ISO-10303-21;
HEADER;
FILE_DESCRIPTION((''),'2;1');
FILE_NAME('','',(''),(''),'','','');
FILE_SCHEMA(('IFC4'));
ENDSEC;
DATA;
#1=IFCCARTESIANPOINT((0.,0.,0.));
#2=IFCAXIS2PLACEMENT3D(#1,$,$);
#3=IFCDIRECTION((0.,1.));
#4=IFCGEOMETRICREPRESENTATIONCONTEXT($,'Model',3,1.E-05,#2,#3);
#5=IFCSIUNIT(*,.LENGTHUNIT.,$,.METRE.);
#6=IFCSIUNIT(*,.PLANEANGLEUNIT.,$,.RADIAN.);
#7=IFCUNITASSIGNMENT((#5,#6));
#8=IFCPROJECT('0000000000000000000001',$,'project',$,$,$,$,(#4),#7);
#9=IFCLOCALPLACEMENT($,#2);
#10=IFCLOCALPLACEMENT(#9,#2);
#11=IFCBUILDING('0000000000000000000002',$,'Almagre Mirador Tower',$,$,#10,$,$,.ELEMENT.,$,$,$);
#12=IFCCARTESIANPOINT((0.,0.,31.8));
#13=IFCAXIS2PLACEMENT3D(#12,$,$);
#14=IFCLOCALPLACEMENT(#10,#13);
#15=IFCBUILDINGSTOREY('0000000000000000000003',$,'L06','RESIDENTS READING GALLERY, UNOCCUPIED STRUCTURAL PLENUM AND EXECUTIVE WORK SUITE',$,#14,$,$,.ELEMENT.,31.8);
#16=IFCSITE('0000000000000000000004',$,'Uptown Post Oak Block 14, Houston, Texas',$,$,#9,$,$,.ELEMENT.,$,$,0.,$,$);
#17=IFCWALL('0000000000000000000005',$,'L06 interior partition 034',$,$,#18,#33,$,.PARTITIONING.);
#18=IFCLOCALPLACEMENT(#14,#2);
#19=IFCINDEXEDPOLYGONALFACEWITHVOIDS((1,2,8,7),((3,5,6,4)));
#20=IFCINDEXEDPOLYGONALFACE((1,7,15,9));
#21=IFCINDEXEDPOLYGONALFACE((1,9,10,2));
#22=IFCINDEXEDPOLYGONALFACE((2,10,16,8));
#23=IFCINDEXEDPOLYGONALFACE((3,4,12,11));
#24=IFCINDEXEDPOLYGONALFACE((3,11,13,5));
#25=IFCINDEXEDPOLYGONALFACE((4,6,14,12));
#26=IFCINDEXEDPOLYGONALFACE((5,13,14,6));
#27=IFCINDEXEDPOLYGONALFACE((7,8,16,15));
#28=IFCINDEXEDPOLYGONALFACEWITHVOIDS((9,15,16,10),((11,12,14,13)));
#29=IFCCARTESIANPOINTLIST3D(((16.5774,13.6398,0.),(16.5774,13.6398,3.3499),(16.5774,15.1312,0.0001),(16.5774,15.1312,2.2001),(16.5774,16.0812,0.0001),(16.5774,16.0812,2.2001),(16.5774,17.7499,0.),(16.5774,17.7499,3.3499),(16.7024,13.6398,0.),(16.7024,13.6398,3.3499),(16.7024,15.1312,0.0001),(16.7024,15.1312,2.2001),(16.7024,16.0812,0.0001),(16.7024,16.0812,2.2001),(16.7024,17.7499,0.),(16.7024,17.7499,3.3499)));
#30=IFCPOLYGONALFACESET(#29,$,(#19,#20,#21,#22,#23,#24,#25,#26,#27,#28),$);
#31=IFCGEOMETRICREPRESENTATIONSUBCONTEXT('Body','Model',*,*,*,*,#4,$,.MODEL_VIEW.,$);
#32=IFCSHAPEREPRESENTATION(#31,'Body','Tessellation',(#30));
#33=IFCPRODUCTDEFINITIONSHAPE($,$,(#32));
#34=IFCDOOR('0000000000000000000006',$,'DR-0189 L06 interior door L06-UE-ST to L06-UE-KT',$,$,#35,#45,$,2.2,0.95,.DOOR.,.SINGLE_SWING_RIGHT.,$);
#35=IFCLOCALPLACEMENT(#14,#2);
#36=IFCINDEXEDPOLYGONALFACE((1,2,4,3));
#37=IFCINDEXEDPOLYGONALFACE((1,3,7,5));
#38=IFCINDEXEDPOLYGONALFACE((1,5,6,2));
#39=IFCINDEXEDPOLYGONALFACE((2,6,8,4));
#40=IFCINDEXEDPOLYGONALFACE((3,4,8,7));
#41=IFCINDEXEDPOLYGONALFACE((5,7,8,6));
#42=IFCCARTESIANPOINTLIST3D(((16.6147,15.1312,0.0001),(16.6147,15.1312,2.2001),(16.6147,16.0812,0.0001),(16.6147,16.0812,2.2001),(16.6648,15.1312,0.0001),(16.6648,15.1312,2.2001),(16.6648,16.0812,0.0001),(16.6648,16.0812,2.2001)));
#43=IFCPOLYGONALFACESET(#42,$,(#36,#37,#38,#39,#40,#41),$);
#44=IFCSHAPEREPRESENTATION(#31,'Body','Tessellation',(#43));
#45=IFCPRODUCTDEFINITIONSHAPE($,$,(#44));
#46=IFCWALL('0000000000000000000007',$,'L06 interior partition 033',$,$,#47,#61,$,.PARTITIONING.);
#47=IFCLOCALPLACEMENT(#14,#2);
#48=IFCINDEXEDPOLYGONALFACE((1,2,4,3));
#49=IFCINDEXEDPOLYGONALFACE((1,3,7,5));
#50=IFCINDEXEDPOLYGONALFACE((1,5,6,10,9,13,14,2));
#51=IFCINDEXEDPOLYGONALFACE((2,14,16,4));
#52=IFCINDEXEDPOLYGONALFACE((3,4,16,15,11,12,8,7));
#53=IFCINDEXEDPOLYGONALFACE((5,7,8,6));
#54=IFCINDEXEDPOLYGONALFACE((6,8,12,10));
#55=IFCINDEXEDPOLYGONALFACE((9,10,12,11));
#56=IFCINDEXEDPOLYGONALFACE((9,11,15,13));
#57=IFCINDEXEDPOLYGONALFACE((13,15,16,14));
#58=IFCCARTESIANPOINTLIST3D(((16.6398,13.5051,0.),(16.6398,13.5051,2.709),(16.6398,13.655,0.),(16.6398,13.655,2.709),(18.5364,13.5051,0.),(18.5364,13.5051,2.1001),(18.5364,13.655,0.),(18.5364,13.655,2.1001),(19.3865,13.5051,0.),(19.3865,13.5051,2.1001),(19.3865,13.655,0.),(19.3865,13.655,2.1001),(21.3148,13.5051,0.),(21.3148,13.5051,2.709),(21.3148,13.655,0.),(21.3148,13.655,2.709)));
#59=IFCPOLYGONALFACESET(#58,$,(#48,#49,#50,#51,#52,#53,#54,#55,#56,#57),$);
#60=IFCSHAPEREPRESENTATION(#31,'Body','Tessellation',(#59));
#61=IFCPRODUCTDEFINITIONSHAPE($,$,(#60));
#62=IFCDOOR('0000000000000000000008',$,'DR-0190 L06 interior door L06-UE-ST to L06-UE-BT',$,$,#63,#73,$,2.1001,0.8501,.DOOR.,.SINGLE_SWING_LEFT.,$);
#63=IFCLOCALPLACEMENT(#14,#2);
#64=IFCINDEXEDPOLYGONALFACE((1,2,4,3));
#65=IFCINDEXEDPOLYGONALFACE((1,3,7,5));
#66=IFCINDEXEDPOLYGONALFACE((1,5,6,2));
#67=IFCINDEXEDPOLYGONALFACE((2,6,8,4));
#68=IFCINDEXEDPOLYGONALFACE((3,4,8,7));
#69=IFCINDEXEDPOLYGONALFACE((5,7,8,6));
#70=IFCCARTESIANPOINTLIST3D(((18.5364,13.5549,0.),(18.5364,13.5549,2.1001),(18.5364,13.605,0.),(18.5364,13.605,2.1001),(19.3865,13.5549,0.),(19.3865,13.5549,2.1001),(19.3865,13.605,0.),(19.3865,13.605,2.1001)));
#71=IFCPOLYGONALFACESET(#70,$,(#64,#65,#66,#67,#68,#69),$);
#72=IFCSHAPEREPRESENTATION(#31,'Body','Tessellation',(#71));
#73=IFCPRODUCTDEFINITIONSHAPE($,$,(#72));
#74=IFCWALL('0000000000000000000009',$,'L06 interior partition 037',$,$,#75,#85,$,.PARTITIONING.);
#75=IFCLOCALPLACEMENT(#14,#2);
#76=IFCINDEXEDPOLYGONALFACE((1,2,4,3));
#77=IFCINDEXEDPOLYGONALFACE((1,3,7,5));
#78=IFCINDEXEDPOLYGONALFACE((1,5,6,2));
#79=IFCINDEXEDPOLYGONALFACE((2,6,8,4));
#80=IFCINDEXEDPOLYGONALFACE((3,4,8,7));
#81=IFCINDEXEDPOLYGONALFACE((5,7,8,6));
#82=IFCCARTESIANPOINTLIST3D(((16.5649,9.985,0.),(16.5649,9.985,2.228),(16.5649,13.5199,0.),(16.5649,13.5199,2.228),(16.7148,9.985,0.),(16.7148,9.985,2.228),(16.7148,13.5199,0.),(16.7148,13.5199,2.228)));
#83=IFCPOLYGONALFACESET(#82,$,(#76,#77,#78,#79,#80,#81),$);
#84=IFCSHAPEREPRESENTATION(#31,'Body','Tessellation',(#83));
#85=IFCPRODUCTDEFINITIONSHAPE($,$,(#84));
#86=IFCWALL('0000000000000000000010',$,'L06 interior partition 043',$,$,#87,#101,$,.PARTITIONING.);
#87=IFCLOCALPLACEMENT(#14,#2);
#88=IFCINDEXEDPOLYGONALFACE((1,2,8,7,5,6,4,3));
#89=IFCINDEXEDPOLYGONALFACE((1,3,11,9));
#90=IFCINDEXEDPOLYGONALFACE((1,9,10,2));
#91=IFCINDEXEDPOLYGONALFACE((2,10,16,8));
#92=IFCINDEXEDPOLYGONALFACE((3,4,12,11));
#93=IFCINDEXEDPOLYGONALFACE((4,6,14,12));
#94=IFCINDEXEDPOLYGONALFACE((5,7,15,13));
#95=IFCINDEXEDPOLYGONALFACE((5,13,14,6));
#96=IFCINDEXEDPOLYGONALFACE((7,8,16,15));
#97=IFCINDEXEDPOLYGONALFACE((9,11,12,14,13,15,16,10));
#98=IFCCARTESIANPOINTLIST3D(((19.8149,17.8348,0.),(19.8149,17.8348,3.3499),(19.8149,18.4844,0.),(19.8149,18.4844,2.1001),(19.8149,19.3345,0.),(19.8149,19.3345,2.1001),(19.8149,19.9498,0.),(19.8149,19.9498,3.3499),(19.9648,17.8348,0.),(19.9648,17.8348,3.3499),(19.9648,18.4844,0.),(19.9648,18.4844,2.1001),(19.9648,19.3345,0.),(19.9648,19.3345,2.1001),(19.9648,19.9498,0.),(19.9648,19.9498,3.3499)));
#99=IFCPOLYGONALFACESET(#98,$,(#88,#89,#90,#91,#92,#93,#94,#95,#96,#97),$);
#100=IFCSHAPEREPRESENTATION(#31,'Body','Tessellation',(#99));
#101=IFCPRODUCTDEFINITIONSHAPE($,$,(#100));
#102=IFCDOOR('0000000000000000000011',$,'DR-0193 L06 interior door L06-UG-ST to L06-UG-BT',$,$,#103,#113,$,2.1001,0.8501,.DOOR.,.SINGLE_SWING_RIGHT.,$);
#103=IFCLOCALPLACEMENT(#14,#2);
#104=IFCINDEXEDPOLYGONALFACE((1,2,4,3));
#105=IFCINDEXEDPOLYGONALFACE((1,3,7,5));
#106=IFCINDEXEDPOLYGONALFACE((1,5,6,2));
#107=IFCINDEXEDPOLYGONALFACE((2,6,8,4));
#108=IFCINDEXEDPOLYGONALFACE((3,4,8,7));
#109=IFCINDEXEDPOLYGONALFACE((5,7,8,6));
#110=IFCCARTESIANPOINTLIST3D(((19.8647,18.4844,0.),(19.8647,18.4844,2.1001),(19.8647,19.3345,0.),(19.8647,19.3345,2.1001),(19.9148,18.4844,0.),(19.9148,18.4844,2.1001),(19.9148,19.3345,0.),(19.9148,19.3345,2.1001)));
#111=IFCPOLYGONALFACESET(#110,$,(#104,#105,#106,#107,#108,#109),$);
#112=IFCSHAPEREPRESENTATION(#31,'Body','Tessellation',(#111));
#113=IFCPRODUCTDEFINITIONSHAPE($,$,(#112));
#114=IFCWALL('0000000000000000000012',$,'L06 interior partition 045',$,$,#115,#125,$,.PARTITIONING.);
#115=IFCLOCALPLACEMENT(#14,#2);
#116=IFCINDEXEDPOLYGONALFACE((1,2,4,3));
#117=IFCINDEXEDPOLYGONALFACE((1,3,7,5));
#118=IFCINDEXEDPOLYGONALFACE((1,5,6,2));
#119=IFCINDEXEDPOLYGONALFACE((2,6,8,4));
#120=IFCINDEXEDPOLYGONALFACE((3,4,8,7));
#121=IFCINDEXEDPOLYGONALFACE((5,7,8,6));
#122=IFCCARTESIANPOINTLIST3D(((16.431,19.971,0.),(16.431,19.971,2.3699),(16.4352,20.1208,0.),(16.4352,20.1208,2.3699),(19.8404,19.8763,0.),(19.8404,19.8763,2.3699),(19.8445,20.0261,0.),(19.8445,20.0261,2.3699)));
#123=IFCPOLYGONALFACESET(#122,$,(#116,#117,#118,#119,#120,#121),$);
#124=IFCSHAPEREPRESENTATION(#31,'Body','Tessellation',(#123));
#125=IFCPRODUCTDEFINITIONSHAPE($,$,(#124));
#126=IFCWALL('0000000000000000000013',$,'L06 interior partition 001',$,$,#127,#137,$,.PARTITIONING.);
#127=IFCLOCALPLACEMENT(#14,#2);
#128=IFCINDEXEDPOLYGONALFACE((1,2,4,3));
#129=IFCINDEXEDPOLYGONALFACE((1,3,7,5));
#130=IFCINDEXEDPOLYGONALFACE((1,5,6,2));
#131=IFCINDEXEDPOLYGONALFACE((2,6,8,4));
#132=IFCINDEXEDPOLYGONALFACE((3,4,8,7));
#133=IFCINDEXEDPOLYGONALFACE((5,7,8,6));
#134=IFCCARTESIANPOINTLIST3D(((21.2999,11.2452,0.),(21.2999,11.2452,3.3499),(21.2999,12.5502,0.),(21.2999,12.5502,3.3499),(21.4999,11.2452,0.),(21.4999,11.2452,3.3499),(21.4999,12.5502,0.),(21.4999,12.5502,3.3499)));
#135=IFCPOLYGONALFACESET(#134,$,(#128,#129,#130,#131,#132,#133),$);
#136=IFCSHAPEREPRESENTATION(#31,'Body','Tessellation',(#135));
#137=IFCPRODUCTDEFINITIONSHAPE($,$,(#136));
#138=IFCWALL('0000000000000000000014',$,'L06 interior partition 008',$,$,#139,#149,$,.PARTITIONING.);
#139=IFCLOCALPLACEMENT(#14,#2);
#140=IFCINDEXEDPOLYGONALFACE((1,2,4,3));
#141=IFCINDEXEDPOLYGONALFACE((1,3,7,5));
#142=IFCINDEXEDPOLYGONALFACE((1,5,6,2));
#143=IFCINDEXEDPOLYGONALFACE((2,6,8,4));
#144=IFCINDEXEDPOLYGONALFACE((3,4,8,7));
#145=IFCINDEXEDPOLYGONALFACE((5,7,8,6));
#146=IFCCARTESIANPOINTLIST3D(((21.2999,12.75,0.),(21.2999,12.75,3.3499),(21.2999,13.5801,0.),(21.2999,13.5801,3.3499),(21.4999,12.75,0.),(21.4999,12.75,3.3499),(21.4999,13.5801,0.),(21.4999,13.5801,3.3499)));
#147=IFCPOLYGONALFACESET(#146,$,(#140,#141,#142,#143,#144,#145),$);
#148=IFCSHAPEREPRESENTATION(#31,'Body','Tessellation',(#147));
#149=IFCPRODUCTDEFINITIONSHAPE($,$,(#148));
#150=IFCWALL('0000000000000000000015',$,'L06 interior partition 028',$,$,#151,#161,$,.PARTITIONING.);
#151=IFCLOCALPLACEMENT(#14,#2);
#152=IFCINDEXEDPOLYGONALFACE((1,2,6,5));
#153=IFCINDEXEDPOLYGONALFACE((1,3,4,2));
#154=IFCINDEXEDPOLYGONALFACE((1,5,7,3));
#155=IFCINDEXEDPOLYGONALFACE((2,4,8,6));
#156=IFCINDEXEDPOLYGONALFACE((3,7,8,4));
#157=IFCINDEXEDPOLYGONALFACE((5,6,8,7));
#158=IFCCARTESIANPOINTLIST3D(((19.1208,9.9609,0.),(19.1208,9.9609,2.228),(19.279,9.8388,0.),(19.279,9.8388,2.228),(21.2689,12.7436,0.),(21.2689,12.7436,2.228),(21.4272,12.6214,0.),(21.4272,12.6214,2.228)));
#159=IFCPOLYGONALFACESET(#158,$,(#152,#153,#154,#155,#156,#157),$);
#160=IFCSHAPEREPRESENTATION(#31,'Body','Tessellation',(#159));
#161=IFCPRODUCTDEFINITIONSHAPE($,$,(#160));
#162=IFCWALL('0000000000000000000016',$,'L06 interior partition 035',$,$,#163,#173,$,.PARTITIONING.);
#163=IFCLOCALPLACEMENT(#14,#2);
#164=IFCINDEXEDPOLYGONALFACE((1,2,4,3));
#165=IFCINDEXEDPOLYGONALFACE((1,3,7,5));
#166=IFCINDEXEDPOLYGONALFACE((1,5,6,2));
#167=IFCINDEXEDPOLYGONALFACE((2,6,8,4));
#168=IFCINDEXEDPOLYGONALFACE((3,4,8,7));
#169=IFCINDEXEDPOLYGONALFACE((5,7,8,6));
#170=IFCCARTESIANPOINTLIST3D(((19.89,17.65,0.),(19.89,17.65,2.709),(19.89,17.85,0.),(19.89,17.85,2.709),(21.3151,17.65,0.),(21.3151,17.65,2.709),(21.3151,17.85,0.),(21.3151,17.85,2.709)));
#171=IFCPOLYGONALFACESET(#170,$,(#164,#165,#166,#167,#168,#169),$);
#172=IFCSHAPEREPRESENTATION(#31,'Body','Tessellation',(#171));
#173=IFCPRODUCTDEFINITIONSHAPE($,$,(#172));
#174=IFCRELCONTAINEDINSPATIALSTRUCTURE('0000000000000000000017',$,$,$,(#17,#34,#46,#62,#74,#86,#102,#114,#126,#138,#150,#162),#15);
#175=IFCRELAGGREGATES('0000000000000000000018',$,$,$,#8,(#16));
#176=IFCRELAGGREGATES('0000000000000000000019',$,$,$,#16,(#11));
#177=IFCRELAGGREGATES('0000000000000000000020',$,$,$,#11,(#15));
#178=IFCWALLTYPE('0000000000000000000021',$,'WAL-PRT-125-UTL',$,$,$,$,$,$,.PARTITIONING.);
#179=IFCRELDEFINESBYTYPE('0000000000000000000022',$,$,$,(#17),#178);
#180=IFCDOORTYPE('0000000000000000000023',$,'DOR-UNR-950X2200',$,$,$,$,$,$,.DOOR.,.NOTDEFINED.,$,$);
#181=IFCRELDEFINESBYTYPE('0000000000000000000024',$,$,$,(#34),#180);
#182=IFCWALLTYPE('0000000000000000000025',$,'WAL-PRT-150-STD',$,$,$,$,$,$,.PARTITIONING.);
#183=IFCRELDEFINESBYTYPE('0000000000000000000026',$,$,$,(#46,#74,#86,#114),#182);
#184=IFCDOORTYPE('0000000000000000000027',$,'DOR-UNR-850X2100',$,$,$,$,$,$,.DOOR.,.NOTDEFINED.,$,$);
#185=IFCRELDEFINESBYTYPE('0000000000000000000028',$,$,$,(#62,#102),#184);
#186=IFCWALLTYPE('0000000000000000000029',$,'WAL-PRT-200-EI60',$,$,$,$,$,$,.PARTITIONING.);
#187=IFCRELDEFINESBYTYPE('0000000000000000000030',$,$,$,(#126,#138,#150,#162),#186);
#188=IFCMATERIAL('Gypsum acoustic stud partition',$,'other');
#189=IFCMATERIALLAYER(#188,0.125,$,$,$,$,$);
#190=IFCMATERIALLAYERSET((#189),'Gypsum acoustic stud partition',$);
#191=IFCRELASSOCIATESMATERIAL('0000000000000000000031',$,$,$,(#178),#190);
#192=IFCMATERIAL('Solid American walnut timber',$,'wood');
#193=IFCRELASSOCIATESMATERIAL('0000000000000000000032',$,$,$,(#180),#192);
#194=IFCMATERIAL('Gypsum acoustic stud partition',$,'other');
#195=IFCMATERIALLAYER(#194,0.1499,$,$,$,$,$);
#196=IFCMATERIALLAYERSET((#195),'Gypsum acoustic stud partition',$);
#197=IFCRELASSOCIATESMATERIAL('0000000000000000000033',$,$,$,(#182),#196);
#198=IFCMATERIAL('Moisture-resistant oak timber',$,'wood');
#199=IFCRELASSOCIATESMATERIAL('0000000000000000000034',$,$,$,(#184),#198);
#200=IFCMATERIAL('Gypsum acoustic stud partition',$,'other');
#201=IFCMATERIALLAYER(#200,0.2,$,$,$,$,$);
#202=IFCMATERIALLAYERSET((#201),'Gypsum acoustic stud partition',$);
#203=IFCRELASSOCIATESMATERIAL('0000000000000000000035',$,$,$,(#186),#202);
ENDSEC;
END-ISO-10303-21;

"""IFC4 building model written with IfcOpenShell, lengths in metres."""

from ifc_helpers import new_model, si_unit, direction, frame, frame_2d, origin, place, context, subcontext, project, spatial, rectangle, extrude, material, layer, layer_set, type_object, element, fill, save


model = new_model("IFC4")

# Units and contexts
model_context = context("Model", 3, precision=1e-05, world=origin(), true_north=direction((0.0, 1.0)))
body_context = subcontext(model_context, "Body", "Model", "MODEL_VIEW")
ifc_project = project(units=[si_unit("LENGTHUNIT", "METRE"), si_unit("PLANEANGLEUNIT", "RADIAN")], contexts=[model_context])

# Site, building, storey
site_placement = place(None, origin())
site = spatial("IfcSite", under=ifc_project, at=site_placement, Name="Uptown Post Oak Block 14, Houston, Texas", CompositionType="ELEMENT", RefElevation=0.0)
building_placement = place(site_placement, origin())
building = spatial("IfcBuilding", under=site, at=building_placement, Name="Almagre Mirador Tower", CompositionType="ELEMENT")
storey_placement = place(building_placement, frame((0.0, 0.0, 31.8)))
storey = spatial("IfcBuildingStorey", under=building, at=storey_placement, Name="L06", Description="RESIDENTS READING GALLERY, UNOCCUPIED STRUCTURAL PLENUM AND EXECUTIVE WORK SUITE", CompositionType="ELEMENT", Elevation=31.8)

# Walls, openings, doors
ifc_material_1 = material(Name="Gypsum acoustic stud partition", Category="other")
ifc_layer_1 = layer(ifc_material_1, 0.125)
ifc_layer_set_1 = layer_set([ifc_layer_1], Name="Gypsum acoustic stud partition")
wall_type_1 = type_object("IfcWallType", Name="WAL-PRT-125-UTL", PredefinedType="PARTITIONING", material=ifc_layer_set_1)
wall_1_placement = place(storey_placement, frame((16.6399, 17.75, 0.0), z_axis=(0.0, 0.0, 1.0), x_axis=(0.0, -1.0, 0.0)))
wall_1 = element("IfcWall", 1, at=wall_1_placement, inside=storey, type_object=wall_type_1, Name="L06 interior partition 034", PredefinedType="PARTITIONING", context=body_context, shape_type="SweptSolid", body=[
    extrude(rectangle(XDim=4.1101, YDim=0.125, at=frame_2d((2.0552, 0.0))), origin(), (0.0, 0.0, 1.0), 3.3499),
])
opening_1_placement = place(wall_1_placement, frame((1.6687, 0.0, 0.0)))
opening_1 = element("IfcOpeningElement", 2, at=opening_1_placement, cuts=wall_1, PredefinedType="OPENING", context=body_context, shape_type="SweptSolid", body=[
    extrude(rectangle(XDim=0.95, YDim=2.2, at=frame_2d((0.4751, 1.1001))), frame((0.0, 0.0725, 0.0), z_axis=(0.0, -1.0, 0.0), x_axis=(1.0, 0.0, 0.0)), (0.0, 0.0, 1.0), 0.145),
])
ifc_material_2 = material(Name="Solid American walnut timber", Category="wood")
door_type_1 = type_object("IfcDoorType", Name="DOR-UNR-950X2200", OperationType="NOTDEFINED", PredefinedType="DOOR", material=ifc_material_2)
door_1_placement = place(opening_1_placement, origin())
door_1 = element("IfcDoor", 3, at=door_1_placement, inside=storey, type_object=door_type_1, Name="DR-0189 L06 interior door L06-UE-ST to L06-UE-KT", OperationType="SINGLE_SWING_RIGHT", OverallHeight=2.2, OverallWidth=0.95, PredefinedType="DOOR", context=body_context, shape_type="SweptSolid", body=[
    extrude(rectangle(XDim=0.95, YDim=2.2, at=frame_2d((0.4751, 1.1001))), frame((0.0, 0.0249, 0.0), z_axis=(0.0, -1.0, 0.0), x_axis=(1.0, 0.0, 0.0)), (0.0, 0.0, 1.0), 0.05),
])
fill(opening_1, door_1)
ifc_material_3 = material(Name="Gypsum acoustic stud partition", Category="other")
ifc_layer_2 = layer(ifc_material_3, 0.1499)
ifc_layer_set_2 = layer_set([ifc_layer_2], Name="Gypsum acoustic stud partition")
wall_type_2 = type_object("IfcWallType", Name="WAL-PRT-150-STD", PredefinedType="PARTITIONING", material=ifc_layer_set_2)
wall_2_placement = place(storey_placement, frame((16.6399, 13.5801, 0.0), z_axis=(0.0, 0.0, 1.0), x_axis=(1.0, 0.0, 0.0)))
wall_2 = element("IfcWall", 4, at=wall_2_placement, inside=storey, type_object=wall_type_2, Name="L06 interior partition 033", PredefinedType="PARTITIONING", context=body_context, shape_type="SweptSolid", body=[
    extrude(rectangle(XDim=4.675, YDim=0.1499, at=frame_2d((2.3374, 0.0))), origin(), (0.0, 0.0, 1.0), 2.709),
])
opening_2_placement = place(wall_2_placement, frame((1.8965, 0.0, 0.0)))
opening_2 = element("IfcOpeningElement", 5, at=opening_2_placement, cuts=wall_2, PredefinedType="OPENING", context=body_context, shape_type="SweptSolid", body=[
    extrude(rectangle(XDim=0.8501, YDim=2.1001, at=frame_2d((0.425, 1.05))), frame((0.0, 0.085, 0.0), z_axis=(0.0, -1.0, 0.0), x_axis=(1.0, 0.0, 0.0)), (0.0, 0.0, 1.0), 0.1699),
])
ifc_material_4 = material(Name="Moisture-resistant oak timber", Category="wood")
door_type_2 = type_object("IfcDoorType", Name="DOR-UNR-850X2100", OperationType="NOTDEFINED", PredefinedType="DOOR", material=ifc_material_4)
door_2_placement = place(opening_2_placement, origin())
door_2 = element("IfcDoor", 6, at=door_2_placement, inside=storey, type_object=door_type_2, Name="DR-0190 L06 interior door L06-UE-ST to L06-UE-BT", OperationType="SINGLE_SWING_LEFT", OverallHeight=2.1001, OverallWidth=0.8501, PredefinedType="DOOR", context=body_context, shape_type="SweptSolid", body=[
    extrude(rectangle(XDim=0.8501, YDim=2.1001, at=frame_2d((0.425, 1.05))), frame((0.0, 0.0249, 0.0), z_axis=(0.0, -1.0, 0.0), x_axis=(1.0, 0.0, 0.0)), (0.0, 0.0, 1.0), 0.05),
])
fill(opening_2, door_2)

# Wall
wall_3_placement = place(storey_placement, frame((16.6399, 13.52, 0.0), z_axis=(0.0, 0.0, 1.0), x_axis=(0.0, -1.0, 0.0)))
element("IfcWall", 7, at=wall_3_placement, inside=storey, type_object=wall_type_2, Name="L06 interior partition 037", PredefinedType="PARTITIONING", context=body_context, shape_type="SweptSolid", body=[
    extrude(rectangle(XDim=3.5349, YDim=0.1499, at=frame_2d((1.7676, 0.0))), origin(), (0.0, 0.0, 1.0), 2.228),
])

# Wall, opening, door
wall_4_placement = place(storey_placement, frame((19.8899, 19.95, 0.0), z_axis=(0.0, 0.0, 1.0), x_axis=(0.0, -1.0, 0.0)))
wall_4 = element("IfcWall", 8, at=wall_4_placement, inside=storey, type_object=wall_type_2, Name="L06 interior partition 043", PredefinedType="PARTITIONING", context=body_context, shape_type="SweptSolid", body=[
    extrude(rectangle(XDim=2.115, YDim=0.1499, at=frame_2d((1.0576, 0.0))), origin(), (0.0, 0.0, 1.0), 3.3499),
])
opening_3_placement = place(wall_4_placement, frame((0.6155, 0.0, 0.0)))
opening_3 = element("IfcOpeningElement", 9, at=opening_3_placement, cuts=wall_4, PredefinedType="OPENING", context=body_context, shape_type="SweptSolid", body=[
    extrude(rectangle(XDim=0.8501, YDim=2.1001, at=frame_2d((0.425, 1.05))), frame((0.0, 0.085, 0.0), z_axis=(0.0, -1.0, 0.0), x_axis=(1.0, 0.0, 0.0)), (0.0, 0.0, 1.0), 0.1699),
])
door_3_placement = place(opening_3_placement, origin())
door_3 = element("IfcDoor", 10, at=door_3_placement, inside=storey, type_object=door_type_2, Name="DR-0193 L06 interior door L06-UG-ST to L06-UG-BT", OperationType="SINGLE_SWING_RIGHT", OverallHeight=2.1001, OverallWidth=0.8501, PredefinedType="DOOR", context=body_context, shape_type="SweptSolid", body=[
    extrude(rectangle(XDim=0.8501, YDim=2.1001, at=frame_2d((0.425, 1.05))), frame((0.0, 0.0249, 0.0), z_axis=(0.0, -1.0, 0.0), x_axis=(1.0, 0.0, 0.0)), (0.0, 0.0, 1.0), 0.05),
])
fill(opening_3, door_3)

# Walls
wall_5_placement = place(storey_placement, frame((16.4331, 20.0459, 0.0), z_axis=(0.0, 0.0, 1.0), x_axis=(0.999614, -0.027773, 0.0)))
element("IfcWall", 11, at=wall_5_placement, inside=storey, type_object=wall_type_2, Name="L06 interior partition 045", PredefinedType="PARTITIONING", context=body_context, shape_type="SweptSolid", body=[
    extrude(rectangle(XDim=3.4106, YDim=0.1499, at=frame_2d((1.7053, 0.0))), origin(), (0.0, 0.0, 1.0), 2.3699),
])
ifc_material_5 = material(Name="Gypsum acoustic stud partition", Category="other")
ifc_layer_3 = layer(ifc_material_5, 0.2)
ifc_layer_set_3 = layer_set([ifc_layer_3], Name="Gypsum acoustic stud partition")
wall_type_3 = type_object("IfcWallType", Name="WAL-PRT-200-EI60", PredefinedType="PARTITIONING", material=ifc_layer_set_3)
wall_6_placement = place(storey_placement, frame((21.3999, 12.55, 0.0), z_axis=(0.0, 0.0, 1.0), x_axis=(0.0, -1.0, 0.0)))
element("IfcWall", 12, at=wall_6_placement, inside=storey, type_object=wall_type_3, Name="L06 interior partition 001", PredefinedType="PARTITIONING", context=body_context, shape_type="SweptSolid", body=[
    extrude(rectangle(XDim=1.3049, YDim=0.2, at=frame_2d((0.6523, 0.0))), origin(), (0.0, 0.0, 1.0), 3.3499),
])
wall_7_placement = place(storey_placement, frame((21.3999, 13.5801, 0.0), z_axis=(0.0, 0.0, 1.0), x_axis=(0.0, -1.0, 0.0)))
element("IfcWall", 13, at=wall_7_placement, inside=storey, type_object=wall_type_3, Name="L06 interior partition 008", PredefinedType="PARTITIONING", context=body_context, shape_type="SweptSolid", body=[
    extrude(rectangle(XDim=0.8301, YDim=0.2, at=frame_2d((0.415, 0.0))), origin(), (0.0, 0.0, 1.0), 3.3499),
])
wall_8_placement = place(storey_placement, frame((21.3481, 12.6826, 0.0), z_axis=(0.0, 0.0, 1.0), x_axis=(-0.611076, -0.791572, 0.0)))
element("IfcWall", 14, at=wall_8_placement, inside=storey, type_object=wall_type_3, Name="L06 interior partition 028", PredefinedType="PARTITIONING", context=body_context, shape_type="SweptSolid", body=[
    extrude(rectangle(XDim=3.5154, YDim=0.2, at=frame_2d((1.7578, 0.0))), origin(), (0.0, 0.0, 1.0), 2.228),
])
wall_9_placement = place(storey_placement, frame((21.3149, 17.75, 0.0), z_axis=(0.0, 0.0, 1.0), x_axis=(-1.0, 0.0, 0.0)))
element("IfcWall", 15, at=wall_9_placement, inside=storey, type_object=wall_type_3, Name="L06 interior partition 035", PredefinedType="PARTITIONING", context=body_context, shape_type="SweptSolid", body=[
    extrude(rectangle(XDim=1.425, YDim=0.2, at=frame_2d((0.7124, 0.0))), origin(), (0.0, 0.0, 1.0), 2.709),
])

save(model, "model.ifc")
